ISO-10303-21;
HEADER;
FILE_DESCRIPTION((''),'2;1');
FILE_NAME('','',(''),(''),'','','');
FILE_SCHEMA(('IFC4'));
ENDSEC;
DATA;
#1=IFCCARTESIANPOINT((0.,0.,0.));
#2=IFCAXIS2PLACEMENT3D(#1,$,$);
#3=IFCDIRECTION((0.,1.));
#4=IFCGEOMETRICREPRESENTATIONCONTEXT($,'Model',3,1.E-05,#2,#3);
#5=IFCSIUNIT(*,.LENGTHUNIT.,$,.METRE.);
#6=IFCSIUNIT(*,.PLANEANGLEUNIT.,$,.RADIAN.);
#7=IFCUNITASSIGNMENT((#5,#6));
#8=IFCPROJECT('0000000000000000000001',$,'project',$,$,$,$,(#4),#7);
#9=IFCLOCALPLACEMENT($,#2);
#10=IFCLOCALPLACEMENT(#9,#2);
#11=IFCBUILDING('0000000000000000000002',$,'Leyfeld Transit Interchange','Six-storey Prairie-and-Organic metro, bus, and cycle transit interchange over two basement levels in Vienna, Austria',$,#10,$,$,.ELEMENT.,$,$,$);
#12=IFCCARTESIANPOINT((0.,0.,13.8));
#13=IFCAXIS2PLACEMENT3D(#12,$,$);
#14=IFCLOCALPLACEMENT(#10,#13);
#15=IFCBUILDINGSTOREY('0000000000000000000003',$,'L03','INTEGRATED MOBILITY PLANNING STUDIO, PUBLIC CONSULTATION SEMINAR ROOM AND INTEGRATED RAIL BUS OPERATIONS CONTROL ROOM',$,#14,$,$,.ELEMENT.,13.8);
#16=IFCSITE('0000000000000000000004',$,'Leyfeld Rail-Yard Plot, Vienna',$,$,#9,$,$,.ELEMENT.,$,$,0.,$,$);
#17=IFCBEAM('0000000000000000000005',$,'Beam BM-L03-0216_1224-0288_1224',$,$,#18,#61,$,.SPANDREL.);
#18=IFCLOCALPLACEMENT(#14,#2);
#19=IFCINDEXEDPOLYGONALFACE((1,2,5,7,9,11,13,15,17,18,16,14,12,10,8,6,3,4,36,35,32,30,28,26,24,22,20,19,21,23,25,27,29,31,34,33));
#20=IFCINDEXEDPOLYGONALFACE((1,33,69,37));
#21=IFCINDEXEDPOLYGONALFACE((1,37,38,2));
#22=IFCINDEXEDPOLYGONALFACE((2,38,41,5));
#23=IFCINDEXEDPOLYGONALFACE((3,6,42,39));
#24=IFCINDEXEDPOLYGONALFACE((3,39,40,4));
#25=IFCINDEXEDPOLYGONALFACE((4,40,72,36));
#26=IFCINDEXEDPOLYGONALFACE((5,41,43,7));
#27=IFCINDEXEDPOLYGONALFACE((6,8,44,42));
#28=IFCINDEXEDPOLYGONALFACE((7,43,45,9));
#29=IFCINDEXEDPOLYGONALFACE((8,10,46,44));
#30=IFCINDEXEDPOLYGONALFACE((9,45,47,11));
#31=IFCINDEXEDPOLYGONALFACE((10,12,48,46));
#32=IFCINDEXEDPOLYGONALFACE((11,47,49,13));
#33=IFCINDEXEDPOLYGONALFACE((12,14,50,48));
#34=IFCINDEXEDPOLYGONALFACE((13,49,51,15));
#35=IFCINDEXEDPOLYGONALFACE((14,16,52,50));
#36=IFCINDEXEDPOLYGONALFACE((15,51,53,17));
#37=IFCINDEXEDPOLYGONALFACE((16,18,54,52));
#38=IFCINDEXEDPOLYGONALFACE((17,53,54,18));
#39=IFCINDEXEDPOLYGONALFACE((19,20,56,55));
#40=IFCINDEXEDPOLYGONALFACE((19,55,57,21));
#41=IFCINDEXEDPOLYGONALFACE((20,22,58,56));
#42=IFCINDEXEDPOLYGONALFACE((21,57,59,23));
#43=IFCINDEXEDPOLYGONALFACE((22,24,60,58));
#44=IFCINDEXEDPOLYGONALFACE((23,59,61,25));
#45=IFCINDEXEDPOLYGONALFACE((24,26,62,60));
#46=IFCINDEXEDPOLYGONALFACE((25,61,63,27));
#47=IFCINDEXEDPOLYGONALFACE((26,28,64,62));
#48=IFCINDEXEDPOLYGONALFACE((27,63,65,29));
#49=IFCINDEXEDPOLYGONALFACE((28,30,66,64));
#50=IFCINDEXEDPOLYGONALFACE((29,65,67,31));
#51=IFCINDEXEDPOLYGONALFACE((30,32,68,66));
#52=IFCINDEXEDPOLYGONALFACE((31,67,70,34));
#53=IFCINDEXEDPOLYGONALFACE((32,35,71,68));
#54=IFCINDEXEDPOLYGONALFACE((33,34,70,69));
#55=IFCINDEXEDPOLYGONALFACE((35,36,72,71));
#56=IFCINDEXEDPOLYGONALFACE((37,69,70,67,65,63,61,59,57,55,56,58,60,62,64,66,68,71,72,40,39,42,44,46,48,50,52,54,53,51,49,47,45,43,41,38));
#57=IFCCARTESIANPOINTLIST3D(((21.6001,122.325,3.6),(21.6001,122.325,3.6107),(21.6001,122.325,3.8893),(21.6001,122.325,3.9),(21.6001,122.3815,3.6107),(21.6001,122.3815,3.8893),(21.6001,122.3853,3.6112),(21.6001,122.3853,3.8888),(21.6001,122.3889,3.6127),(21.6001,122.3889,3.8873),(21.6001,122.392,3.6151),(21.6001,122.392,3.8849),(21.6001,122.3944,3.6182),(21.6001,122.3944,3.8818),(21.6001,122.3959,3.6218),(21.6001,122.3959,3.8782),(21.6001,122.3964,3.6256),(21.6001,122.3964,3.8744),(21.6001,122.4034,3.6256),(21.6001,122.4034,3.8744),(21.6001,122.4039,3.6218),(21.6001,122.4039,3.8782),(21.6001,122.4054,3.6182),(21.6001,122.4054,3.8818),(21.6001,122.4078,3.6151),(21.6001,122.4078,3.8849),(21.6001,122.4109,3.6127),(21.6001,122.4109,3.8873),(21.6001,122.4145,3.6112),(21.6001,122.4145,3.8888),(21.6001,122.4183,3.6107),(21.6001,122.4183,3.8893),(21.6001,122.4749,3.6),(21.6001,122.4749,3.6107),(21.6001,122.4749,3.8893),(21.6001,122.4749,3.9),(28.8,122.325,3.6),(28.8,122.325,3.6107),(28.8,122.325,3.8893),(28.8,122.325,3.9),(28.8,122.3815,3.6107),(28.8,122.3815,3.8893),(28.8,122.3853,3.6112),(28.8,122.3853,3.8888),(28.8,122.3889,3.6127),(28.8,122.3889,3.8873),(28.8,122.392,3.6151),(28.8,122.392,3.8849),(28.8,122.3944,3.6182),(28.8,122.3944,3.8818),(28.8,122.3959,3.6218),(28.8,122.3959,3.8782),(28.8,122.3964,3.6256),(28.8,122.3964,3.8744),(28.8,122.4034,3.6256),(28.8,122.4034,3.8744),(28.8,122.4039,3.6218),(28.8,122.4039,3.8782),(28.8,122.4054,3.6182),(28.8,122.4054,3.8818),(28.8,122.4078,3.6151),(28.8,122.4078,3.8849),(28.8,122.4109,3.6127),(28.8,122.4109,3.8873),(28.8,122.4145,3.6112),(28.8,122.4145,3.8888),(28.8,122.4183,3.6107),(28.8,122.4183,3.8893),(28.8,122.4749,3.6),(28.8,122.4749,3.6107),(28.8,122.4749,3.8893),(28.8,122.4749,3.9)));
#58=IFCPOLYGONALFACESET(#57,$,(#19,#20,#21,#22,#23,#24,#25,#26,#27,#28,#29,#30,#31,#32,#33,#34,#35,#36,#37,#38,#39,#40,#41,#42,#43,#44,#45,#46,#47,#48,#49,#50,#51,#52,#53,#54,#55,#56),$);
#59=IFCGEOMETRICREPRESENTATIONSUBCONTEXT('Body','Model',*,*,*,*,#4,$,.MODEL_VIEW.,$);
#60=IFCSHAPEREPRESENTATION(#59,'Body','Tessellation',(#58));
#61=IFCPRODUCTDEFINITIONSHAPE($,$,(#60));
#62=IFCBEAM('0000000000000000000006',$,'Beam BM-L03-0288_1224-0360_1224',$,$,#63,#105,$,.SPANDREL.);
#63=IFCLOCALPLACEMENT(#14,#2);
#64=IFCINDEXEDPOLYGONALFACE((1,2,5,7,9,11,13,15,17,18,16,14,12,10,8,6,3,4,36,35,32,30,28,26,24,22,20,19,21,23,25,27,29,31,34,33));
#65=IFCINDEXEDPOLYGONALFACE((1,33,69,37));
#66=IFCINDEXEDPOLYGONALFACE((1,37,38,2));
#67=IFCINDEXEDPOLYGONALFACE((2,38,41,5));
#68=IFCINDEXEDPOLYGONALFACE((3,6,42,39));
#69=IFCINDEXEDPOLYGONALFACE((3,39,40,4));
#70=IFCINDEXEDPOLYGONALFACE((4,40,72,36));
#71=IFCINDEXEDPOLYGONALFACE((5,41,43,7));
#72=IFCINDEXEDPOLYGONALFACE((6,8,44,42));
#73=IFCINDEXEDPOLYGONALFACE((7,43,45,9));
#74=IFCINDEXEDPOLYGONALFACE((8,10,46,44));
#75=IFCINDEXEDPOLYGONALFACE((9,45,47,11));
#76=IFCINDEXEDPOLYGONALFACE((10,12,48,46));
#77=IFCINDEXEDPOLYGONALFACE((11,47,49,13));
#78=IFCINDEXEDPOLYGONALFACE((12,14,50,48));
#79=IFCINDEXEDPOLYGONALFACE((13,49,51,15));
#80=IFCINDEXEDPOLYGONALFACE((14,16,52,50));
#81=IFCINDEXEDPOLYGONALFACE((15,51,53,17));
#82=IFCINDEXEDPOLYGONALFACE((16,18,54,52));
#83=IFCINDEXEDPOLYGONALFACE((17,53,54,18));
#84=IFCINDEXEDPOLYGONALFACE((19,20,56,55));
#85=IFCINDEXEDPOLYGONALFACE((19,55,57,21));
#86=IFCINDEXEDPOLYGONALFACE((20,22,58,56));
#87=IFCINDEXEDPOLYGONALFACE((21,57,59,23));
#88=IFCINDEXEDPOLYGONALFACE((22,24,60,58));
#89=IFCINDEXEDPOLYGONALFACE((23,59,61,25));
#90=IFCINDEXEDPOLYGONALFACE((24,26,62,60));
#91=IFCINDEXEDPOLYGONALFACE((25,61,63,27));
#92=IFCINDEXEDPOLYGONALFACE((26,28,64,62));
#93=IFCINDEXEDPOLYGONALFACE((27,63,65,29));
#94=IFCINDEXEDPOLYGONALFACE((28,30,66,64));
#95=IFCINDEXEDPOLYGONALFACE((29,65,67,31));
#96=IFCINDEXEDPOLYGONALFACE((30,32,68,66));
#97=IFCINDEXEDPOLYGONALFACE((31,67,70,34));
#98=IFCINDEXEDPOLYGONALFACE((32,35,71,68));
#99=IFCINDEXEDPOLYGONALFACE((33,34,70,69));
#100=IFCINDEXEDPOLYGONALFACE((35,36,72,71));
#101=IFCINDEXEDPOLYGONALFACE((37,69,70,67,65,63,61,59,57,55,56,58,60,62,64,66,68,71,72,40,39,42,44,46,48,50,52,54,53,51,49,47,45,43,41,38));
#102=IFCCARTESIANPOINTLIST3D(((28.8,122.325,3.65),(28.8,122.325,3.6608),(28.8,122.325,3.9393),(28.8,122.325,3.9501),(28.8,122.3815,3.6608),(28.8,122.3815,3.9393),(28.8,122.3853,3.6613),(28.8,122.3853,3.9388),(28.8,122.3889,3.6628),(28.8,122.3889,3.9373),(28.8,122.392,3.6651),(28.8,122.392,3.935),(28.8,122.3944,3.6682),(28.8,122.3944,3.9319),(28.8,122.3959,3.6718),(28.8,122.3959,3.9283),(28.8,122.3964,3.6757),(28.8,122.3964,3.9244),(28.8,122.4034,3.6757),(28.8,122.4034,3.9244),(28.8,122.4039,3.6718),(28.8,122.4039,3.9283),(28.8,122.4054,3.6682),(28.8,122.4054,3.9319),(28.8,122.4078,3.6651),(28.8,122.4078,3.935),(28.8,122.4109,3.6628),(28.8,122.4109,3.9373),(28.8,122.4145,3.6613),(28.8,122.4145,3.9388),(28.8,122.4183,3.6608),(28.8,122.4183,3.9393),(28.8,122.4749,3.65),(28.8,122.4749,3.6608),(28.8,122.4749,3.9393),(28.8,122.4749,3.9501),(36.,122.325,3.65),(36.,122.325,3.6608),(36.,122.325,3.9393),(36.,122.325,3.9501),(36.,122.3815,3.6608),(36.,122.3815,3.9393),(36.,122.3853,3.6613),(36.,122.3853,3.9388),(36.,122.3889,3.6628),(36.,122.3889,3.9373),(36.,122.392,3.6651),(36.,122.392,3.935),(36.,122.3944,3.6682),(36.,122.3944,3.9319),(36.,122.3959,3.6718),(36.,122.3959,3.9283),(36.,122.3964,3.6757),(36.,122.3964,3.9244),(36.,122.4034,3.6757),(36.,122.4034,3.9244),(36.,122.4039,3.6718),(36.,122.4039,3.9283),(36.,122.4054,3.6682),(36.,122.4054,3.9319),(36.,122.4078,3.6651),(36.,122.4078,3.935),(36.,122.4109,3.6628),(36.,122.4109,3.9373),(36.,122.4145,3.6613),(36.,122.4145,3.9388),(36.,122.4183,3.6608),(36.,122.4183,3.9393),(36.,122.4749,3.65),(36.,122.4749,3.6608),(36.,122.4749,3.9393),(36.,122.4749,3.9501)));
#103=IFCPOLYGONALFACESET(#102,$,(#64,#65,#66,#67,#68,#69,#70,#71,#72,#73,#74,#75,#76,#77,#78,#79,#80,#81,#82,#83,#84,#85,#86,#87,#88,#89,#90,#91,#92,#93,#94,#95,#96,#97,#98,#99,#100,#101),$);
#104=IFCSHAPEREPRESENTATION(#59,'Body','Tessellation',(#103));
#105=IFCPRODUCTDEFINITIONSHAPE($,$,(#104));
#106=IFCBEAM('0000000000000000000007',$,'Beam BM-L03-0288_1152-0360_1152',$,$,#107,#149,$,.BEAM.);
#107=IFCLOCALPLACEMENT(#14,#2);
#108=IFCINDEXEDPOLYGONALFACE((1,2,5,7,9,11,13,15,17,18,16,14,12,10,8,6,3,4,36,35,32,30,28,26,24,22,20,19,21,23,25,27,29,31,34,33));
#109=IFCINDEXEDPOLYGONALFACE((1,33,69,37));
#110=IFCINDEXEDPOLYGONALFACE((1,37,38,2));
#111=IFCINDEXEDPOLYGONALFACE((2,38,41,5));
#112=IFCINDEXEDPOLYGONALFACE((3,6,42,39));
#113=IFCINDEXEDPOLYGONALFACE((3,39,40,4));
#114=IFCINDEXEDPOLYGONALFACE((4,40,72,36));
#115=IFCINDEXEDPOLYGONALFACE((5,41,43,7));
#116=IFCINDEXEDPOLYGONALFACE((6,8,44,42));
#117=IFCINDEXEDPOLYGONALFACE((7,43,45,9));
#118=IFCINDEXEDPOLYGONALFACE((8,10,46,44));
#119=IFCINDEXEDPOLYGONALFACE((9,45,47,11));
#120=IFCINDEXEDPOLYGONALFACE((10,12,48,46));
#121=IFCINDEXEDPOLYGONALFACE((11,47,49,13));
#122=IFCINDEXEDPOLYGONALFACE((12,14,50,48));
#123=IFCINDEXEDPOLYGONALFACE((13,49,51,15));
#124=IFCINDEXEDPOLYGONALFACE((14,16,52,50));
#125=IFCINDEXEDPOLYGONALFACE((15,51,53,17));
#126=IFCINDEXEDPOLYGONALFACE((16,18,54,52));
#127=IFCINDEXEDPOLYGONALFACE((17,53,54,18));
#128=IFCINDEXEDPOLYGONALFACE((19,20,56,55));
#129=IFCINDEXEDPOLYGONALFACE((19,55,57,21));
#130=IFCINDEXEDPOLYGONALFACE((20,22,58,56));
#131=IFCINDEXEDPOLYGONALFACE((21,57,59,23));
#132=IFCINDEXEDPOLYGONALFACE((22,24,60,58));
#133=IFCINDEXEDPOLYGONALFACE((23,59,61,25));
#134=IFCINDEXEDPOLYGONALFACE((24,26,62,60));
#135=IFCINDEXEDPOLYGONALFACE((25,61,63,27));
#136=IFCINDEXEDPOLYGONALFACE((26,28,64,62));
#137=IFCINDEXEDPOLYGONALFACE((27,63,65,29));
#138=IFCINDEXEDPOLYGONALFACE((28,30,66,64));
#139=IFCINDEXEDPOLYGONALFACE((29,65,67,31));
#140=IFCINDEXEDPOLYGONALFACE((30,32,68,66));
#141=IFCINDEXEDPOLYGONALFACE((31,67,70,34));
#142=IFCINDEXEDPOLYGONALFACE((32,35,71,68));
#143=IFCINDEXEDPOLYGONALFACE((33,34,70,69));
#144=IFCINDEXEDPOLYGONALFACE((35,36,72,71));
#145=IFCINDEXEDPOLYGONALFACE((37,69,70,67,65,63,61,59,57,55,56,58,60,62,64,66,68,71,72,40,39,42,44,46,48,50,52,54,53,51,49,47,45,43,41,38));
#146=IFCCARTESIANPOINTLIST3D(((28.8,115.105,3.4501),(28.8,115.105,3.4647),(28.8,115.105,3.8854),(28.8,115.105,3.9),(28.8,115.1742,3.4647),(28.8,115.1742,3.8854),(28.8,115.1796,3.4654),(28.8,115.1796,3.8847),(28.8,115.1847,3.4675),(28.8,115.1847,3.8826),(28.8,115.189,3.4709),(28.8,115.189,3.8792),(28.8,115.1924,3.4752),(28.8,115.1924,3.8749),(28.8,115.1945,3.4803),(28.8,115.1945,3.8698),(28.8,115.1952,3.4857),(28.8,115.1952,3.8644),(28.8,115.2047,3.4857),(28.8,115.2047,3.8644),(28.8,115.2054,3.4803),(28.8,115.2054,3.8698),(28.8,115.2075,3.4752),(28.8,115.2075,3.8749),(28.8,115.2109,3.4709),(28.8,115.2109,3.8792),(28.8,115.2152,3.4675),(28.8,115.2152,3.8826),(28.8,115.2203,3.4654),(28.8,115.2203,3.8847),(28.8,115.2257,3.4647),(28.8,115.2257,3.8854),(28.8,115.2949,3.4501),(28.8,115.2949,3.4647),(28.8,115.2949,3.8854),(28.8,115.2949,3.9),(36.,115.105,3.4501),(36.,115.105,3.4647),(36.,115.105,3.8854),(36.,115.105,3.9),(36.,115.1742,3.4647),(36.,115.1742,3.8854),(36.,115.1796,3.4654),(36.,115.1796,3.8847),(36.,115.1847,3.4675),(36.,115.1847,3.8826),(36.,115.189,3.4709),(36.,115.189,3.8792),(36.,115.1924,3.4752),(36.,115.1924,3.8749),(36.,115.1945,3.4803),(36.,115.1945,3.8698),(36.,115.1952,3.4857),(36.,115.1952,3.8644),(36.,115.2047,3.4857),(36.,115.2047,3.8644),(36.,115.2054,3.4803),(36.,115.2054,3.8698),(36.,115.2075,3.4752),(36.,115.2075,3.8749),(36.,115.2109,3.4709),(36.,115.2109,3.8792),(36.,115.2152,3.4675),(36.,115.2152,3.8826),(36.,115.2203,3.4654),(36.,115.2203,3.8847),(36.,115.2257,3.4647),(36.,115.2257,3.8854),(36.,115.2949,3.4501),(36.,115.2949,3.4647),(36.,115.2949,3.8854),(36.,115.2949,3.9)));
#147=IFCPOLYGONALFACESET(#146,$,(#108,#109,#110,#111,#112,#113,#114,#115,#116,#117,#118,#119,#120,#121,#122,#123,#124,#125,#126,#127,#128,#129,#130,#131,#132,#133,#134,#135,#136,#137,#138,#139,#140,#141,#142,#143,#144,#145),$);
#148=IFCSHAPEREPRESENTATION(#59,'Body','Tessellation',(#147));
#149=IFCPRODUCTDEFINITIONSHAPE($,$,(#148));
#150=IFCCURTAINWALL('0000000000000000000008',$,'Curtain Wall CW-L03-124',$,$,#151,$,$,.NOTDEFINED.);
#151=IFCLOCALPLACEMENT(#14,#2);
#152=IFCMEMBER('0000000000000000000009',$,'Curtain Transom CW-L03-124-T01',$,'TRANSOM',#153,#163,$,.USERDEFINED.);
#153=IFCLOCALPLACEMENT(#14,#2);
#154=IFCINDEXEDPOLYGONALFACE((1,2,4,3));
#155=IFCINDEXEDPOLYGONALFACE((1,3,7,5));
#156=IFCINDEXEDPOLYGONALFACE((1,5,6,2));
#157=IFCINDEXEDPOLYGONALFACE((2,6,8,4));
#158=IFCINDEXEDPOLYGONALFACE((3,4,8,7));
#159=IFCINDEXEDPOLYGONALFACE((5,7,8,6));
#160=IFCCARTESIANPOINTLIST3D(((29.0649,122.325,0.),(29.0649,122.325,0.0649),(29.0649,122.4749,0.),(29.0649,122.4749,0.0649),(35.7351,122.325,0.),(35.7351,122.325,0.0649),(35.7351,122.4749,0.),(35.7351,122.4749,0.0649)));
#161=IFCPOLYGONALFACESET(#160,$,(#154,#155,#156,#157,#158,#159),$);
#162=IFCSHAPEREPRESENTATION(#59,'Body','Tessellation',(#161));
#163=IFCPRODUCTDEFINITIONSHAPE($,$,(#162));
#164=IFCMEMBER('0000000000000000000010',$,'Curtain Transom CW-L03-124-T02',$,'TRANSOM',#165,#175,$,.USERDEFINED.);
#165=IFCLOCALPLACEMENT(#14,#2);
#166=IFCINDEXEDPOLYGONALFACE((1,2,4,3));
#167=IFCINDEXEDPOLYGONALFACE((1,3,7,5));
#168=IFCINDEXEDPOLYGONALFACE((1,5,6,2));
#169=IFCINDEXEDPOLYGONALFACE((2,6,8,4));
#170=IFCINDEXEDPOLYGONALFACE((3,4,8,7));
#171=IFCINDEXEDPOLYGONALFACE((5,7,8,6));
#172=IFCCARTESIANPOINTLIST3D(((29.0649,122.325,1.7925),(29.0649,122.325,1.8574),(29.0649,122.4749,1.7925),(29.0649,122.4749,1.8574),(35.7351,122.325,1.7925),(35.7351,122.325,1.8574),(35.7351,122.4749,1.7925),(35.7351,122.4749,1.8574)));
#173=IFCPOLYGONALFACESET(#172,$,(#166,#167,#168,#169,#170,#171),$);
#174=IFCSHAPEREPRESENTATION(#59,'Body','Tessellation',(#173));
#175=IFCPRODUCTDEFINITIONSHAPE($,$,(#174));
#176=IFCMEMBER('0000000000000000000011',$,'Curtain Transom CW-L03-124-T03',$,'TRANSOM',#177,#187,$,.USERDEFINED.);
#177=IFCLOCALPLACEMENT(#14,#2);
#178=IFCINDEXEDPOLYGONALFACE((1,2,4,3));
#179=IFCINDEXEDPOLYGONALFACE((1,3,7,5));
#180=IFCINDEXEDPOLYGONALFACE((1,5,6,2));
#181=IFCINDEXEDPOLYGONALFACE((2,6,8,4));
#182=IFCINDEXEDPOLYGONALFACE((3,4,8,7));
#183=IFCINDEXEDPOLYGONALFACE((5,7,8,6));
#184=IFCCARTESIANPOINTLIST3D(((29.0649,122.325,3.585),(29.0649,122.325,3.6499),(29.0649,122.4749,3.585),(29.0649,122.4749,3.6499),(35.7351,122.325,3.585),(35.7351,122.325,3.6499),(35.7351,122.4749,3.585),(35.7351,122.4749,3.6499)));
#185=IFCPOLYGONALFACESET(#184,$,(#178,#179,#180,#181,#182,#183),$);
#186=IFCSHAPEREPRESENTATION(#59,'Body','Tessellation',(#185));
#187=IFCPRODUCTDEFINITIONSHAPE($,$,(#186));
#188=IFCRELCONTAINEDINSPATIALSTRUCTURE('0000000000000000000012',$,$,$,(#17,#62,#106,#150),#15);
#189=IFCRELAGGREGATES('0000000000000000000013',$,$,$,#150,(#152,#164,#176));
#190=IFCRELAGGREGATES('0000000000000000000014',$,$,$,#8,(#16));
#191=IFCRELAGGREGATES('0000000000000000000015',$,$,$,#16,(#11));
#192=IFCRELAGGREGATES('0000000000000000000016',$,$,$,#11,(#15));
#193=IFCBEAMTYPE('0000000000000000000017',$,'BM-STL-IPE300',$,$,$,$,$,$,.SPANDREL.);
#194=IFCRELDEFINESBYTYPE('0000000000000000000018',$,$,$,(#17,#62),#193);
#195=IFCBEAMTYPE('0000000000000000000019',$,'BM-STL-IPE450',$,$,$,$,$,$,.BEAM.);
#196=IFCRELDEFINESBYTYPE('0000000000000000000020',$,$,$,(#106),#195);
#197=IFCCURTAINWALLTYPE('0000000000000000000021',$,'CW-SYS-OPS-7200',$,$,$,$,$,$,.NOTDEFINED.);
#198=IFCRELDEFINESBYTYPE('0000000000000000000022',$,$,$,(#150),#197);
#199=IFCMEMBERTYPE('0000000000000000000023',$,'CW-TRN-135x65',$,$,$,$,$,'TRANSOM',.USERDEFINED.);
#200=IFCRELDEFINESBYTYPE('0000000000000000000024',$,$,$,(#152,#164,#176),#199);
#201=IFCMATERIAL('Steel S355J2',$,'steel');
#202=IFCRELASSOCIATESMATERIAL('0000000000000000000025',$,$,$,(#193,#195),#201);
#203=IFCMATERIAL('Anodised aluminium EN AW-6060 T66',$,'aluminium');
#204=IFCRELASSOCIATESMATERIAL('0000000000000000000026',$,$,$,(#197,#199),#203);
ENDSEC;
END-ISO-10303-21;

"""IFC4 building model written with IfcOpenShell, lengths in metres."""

from ifc_helpers import new_model, si_unit, direction, frame, origin, origin_2d, place, context, subcontext, project, spatial, rectangle, i_section, extrude, material, material_profile, profile_set, type_object, element, aggregate, save


model = new_model("IFC4")

# Units and contexts
model_context = context("Model", 3, precision=1e-05, world=origin(), true_north=direction((0.0, 1.0)))
body_context = subcontext(model_context, "Body", "Model", "MODEL_VIEW")
ifc_project = project(units=[si_unit("LENGTHUNIT", "METRE"), si_unit("PLANEANGLEUNIT", "RADIAN")], contexts=[model_context])

# Site, building, storey
site_placement = place(None, origin())
site = spatial("IfcSite", under=ifc_project, at=site_placement, Name="Leyfeld Rail-Yard Plot, Vienna", CompositionType="ELEMENT", RefElevation=0.0)
building_placement = place(site_placement, origin())
building = spatial("IfcBuilding", under=site, at=building_placement, Name="Leyfeld Transit Interchange", Description="Six-storey Prairie-and-Organic metro, bus, and cycle transit interchange over two basement levels in Vienna, Austria", CompositionType="ELEMENT")
storey_placement = place(building_placement, frame((0.0, 0.0, 13.8)))
storey = spatial("IfcBuildingStorey", under=building, at=storey_placement, Name="L03", Description="INTEGRATED MOBILITY PLANNING STUDIO, PUBLIC CONSULTATION SEMINAR ROOM AND INTEGRATED RAIL BUS OPERATIONS CONTROL ROOM", CompositionType="ELEMENT", Elevation=13.8)

# Beams
ifc_material_1 = material(Name="Steel S355J2", Category="steel")
ifc_material_profile_1 = material_profile(ifc_material_1, i_section(OverallWidth=0.1499, OverallDepth=0.3, WebThickness=0.0071, FlangeThickness=0.0107, FilletRadius=0.0149, at=origin_2d()), Name="IPE 300")
ifc_profile_set_1 = profile_set([ifc_material_profile_1], Name="Steel S355J2")
beam_type_1 = type_object("IfcBeamType", Name="BM-STL-IPE300", PredefinedType="SPANDREL", material=ifc_profile_set_1)
for number, where, z_axis, x_axis, name in (
    (1, (21.6001, 122.3999, 3.75), (1.0, 0.0, 0.0), (0.0, 1.0, 0.0), "Beam BM-L03-0216_1224-0288_1224"),
    (2, (28.8, 122.3999, 3.8), (1.0, 0.0, 0.0), (0.0, 1.0, 0.0), "Beam BM-L03-0288_1224-0360_1224"),
):
    element("IfcBeam", number, at=place(storey_placement, frame(where, z_axis=z_axis, x_axis=x_axis)), inside=storey, type_object=beam_type_1, Name=name, PredefinedType="SPANDREL", context=body_context, shape_type="SweptSolid", body=[
        extrude(i_section(OverallWidth=0.1499, OverallDepth=0.3, WebThickness=0.0071, FlangeThickness=0.0107, FilletRadius=0.0149, at=origin_2d()), origin(), (0.0, 0.0, 1.0), 7.2),
    ])
ifc_material_profile_2 = material_profile(ifc_material_1, i_section(OverallWidth=0.1899, OverallDepth=0.45, WebThickness=0.0095, FlangeThickness=0.0146, FilletRadius=0.021, at=origin_2d()), Name="IPE 450")
ifc_profile_set_2 = profile_set([ifc_material_profile_2], Name="Steel S355J2")
beam_type_2 = type_object("IfcBeamType", Name="BM-STL-IPE450", PredefinedType="BEAM", material=ifc_profile_set_2)
beam_1_placement = place(storey_placement, frame((28.8, 115.2, 3.675), z_axis=(1.0, 0.0, 0.0), x_axis=(0.0, 1.0, 0.0)))
element("IfcBeam", 3, at=beam_1_placement, inside=storey, type_object=beam_type_2, Name="Beam BM-L03-0288_1152-0360_1152", PredefinedType="BEAM", context=body_context, shape_type="SweptSolid", body=[
    extrude(i_section(OverallWidth=0.1899, OverallDepth=0.45, WebThickness=0.0095, FlangeThickness=0.0146, FilletRadius=0.021, at=origin_2d()), origin(), (0.0, 0.0, 1.0), 7.2),
])

# Curtain wall, members
ifc_material_2 = material(Name="Anodised aluminium EN AW-6060 T66", Category="aluminium")
curtain_wall_type = type_object("IfcCurtainWallType", Name="CW-SYS-OPS-7200", PredefinedType="NOTDEFINED", material=ifc_material_2)
curtain_wall_placement = place(storey_placement, origin())
curtain_wall = element("IfcCurtainWall", 4, at=curtain_wall_placement, inside=storey, type_object=curtain_wall_type, Name="Curtain Wall CW-L03-124", PredefinedType="NOTDEFINED")
ifc_material_profile_3 = material_profile(ifc_material_2, rectangle(XDim=0.1499, YDim=0.0649, at=origin_2d()), Name="CW-TRN-135x65")
ifc_profile_set_3 = profile_set([ifc_material_profile_3], Name="Anodised aluminium EN AW-6060 T66")
member_type = type_object("IfcMemberType", Name="CW-TRN-135x65", ElementType="TRANSOM", PredefinedType="USERDEFINED", material=ifc_profile_set_3)
member_1_placement = place(storey_placement, frame((29.0649, 122.3999, 0.0325), z_axis=(1.0, 0.0, 0.0), x_axis=(0.0, 1.0, 0.0)))
member_1 = element("IfcMember", 5, at=member_1_placement, type_object=member_type, Name="Curtain Transom CW-L03-124-T01", ObjectType="TRANSOM", PredefinedType="USERDEFINED", context=body_context, shape_type="SweptSolid", body=[
    extrude(rectangle(XDim=0.1499, YDim=0.0649, at=origin_2d()), origin(), (0.0, 0.0, 1.0), 6.6702),
])
member_2_placement = place(storey_placement, frame((29.0649, 122.3999, 1.825), z_axis=(1.0, 0.0, 0.0), x_axis=(0.0, 1.0, 0.0)))
member_2 = element("IfcMember", 6, at=member_2_placement, type_object=member_type, Name="Curtain Transom CW-L03-124-T02", ObjectType="TRANSOM", PredefinedType="USERDEFINED", context=body_context, shape_type="SweptSolid", body=[
    extrude(rectangle(XDim=0.1499, YDim=0.0649, at=origin_2d()), origin(), (0.0, 0.0, 1.0), 6.6702),
])
member_3_placement = place(storey_placement, frame((29.0649, 122.3999, 3.6174), z_axis=(1.0, 0.0, 0.0), x_axis=(0.0, 1.0, 0.0)))
member_3 = element("IfcMember", 7, at=member_3_placement, type_object=member_type, Name="Curtain Transom CW-L03-124-T03", ObjectType="TRANSOM", PredefinedType="USERDEFINED", context=body_context, shape_type="SweptSolid", body=[
    extrude(rectangle(XDim=0.1499, YDim=0.0649, at=origin_2d()), origin(), (0.0, 0.0, 1.0), 6.6702),
])
aggregate(curtain_wall, [member_1, member_2, member_3])

save(model, "model.ifc")
